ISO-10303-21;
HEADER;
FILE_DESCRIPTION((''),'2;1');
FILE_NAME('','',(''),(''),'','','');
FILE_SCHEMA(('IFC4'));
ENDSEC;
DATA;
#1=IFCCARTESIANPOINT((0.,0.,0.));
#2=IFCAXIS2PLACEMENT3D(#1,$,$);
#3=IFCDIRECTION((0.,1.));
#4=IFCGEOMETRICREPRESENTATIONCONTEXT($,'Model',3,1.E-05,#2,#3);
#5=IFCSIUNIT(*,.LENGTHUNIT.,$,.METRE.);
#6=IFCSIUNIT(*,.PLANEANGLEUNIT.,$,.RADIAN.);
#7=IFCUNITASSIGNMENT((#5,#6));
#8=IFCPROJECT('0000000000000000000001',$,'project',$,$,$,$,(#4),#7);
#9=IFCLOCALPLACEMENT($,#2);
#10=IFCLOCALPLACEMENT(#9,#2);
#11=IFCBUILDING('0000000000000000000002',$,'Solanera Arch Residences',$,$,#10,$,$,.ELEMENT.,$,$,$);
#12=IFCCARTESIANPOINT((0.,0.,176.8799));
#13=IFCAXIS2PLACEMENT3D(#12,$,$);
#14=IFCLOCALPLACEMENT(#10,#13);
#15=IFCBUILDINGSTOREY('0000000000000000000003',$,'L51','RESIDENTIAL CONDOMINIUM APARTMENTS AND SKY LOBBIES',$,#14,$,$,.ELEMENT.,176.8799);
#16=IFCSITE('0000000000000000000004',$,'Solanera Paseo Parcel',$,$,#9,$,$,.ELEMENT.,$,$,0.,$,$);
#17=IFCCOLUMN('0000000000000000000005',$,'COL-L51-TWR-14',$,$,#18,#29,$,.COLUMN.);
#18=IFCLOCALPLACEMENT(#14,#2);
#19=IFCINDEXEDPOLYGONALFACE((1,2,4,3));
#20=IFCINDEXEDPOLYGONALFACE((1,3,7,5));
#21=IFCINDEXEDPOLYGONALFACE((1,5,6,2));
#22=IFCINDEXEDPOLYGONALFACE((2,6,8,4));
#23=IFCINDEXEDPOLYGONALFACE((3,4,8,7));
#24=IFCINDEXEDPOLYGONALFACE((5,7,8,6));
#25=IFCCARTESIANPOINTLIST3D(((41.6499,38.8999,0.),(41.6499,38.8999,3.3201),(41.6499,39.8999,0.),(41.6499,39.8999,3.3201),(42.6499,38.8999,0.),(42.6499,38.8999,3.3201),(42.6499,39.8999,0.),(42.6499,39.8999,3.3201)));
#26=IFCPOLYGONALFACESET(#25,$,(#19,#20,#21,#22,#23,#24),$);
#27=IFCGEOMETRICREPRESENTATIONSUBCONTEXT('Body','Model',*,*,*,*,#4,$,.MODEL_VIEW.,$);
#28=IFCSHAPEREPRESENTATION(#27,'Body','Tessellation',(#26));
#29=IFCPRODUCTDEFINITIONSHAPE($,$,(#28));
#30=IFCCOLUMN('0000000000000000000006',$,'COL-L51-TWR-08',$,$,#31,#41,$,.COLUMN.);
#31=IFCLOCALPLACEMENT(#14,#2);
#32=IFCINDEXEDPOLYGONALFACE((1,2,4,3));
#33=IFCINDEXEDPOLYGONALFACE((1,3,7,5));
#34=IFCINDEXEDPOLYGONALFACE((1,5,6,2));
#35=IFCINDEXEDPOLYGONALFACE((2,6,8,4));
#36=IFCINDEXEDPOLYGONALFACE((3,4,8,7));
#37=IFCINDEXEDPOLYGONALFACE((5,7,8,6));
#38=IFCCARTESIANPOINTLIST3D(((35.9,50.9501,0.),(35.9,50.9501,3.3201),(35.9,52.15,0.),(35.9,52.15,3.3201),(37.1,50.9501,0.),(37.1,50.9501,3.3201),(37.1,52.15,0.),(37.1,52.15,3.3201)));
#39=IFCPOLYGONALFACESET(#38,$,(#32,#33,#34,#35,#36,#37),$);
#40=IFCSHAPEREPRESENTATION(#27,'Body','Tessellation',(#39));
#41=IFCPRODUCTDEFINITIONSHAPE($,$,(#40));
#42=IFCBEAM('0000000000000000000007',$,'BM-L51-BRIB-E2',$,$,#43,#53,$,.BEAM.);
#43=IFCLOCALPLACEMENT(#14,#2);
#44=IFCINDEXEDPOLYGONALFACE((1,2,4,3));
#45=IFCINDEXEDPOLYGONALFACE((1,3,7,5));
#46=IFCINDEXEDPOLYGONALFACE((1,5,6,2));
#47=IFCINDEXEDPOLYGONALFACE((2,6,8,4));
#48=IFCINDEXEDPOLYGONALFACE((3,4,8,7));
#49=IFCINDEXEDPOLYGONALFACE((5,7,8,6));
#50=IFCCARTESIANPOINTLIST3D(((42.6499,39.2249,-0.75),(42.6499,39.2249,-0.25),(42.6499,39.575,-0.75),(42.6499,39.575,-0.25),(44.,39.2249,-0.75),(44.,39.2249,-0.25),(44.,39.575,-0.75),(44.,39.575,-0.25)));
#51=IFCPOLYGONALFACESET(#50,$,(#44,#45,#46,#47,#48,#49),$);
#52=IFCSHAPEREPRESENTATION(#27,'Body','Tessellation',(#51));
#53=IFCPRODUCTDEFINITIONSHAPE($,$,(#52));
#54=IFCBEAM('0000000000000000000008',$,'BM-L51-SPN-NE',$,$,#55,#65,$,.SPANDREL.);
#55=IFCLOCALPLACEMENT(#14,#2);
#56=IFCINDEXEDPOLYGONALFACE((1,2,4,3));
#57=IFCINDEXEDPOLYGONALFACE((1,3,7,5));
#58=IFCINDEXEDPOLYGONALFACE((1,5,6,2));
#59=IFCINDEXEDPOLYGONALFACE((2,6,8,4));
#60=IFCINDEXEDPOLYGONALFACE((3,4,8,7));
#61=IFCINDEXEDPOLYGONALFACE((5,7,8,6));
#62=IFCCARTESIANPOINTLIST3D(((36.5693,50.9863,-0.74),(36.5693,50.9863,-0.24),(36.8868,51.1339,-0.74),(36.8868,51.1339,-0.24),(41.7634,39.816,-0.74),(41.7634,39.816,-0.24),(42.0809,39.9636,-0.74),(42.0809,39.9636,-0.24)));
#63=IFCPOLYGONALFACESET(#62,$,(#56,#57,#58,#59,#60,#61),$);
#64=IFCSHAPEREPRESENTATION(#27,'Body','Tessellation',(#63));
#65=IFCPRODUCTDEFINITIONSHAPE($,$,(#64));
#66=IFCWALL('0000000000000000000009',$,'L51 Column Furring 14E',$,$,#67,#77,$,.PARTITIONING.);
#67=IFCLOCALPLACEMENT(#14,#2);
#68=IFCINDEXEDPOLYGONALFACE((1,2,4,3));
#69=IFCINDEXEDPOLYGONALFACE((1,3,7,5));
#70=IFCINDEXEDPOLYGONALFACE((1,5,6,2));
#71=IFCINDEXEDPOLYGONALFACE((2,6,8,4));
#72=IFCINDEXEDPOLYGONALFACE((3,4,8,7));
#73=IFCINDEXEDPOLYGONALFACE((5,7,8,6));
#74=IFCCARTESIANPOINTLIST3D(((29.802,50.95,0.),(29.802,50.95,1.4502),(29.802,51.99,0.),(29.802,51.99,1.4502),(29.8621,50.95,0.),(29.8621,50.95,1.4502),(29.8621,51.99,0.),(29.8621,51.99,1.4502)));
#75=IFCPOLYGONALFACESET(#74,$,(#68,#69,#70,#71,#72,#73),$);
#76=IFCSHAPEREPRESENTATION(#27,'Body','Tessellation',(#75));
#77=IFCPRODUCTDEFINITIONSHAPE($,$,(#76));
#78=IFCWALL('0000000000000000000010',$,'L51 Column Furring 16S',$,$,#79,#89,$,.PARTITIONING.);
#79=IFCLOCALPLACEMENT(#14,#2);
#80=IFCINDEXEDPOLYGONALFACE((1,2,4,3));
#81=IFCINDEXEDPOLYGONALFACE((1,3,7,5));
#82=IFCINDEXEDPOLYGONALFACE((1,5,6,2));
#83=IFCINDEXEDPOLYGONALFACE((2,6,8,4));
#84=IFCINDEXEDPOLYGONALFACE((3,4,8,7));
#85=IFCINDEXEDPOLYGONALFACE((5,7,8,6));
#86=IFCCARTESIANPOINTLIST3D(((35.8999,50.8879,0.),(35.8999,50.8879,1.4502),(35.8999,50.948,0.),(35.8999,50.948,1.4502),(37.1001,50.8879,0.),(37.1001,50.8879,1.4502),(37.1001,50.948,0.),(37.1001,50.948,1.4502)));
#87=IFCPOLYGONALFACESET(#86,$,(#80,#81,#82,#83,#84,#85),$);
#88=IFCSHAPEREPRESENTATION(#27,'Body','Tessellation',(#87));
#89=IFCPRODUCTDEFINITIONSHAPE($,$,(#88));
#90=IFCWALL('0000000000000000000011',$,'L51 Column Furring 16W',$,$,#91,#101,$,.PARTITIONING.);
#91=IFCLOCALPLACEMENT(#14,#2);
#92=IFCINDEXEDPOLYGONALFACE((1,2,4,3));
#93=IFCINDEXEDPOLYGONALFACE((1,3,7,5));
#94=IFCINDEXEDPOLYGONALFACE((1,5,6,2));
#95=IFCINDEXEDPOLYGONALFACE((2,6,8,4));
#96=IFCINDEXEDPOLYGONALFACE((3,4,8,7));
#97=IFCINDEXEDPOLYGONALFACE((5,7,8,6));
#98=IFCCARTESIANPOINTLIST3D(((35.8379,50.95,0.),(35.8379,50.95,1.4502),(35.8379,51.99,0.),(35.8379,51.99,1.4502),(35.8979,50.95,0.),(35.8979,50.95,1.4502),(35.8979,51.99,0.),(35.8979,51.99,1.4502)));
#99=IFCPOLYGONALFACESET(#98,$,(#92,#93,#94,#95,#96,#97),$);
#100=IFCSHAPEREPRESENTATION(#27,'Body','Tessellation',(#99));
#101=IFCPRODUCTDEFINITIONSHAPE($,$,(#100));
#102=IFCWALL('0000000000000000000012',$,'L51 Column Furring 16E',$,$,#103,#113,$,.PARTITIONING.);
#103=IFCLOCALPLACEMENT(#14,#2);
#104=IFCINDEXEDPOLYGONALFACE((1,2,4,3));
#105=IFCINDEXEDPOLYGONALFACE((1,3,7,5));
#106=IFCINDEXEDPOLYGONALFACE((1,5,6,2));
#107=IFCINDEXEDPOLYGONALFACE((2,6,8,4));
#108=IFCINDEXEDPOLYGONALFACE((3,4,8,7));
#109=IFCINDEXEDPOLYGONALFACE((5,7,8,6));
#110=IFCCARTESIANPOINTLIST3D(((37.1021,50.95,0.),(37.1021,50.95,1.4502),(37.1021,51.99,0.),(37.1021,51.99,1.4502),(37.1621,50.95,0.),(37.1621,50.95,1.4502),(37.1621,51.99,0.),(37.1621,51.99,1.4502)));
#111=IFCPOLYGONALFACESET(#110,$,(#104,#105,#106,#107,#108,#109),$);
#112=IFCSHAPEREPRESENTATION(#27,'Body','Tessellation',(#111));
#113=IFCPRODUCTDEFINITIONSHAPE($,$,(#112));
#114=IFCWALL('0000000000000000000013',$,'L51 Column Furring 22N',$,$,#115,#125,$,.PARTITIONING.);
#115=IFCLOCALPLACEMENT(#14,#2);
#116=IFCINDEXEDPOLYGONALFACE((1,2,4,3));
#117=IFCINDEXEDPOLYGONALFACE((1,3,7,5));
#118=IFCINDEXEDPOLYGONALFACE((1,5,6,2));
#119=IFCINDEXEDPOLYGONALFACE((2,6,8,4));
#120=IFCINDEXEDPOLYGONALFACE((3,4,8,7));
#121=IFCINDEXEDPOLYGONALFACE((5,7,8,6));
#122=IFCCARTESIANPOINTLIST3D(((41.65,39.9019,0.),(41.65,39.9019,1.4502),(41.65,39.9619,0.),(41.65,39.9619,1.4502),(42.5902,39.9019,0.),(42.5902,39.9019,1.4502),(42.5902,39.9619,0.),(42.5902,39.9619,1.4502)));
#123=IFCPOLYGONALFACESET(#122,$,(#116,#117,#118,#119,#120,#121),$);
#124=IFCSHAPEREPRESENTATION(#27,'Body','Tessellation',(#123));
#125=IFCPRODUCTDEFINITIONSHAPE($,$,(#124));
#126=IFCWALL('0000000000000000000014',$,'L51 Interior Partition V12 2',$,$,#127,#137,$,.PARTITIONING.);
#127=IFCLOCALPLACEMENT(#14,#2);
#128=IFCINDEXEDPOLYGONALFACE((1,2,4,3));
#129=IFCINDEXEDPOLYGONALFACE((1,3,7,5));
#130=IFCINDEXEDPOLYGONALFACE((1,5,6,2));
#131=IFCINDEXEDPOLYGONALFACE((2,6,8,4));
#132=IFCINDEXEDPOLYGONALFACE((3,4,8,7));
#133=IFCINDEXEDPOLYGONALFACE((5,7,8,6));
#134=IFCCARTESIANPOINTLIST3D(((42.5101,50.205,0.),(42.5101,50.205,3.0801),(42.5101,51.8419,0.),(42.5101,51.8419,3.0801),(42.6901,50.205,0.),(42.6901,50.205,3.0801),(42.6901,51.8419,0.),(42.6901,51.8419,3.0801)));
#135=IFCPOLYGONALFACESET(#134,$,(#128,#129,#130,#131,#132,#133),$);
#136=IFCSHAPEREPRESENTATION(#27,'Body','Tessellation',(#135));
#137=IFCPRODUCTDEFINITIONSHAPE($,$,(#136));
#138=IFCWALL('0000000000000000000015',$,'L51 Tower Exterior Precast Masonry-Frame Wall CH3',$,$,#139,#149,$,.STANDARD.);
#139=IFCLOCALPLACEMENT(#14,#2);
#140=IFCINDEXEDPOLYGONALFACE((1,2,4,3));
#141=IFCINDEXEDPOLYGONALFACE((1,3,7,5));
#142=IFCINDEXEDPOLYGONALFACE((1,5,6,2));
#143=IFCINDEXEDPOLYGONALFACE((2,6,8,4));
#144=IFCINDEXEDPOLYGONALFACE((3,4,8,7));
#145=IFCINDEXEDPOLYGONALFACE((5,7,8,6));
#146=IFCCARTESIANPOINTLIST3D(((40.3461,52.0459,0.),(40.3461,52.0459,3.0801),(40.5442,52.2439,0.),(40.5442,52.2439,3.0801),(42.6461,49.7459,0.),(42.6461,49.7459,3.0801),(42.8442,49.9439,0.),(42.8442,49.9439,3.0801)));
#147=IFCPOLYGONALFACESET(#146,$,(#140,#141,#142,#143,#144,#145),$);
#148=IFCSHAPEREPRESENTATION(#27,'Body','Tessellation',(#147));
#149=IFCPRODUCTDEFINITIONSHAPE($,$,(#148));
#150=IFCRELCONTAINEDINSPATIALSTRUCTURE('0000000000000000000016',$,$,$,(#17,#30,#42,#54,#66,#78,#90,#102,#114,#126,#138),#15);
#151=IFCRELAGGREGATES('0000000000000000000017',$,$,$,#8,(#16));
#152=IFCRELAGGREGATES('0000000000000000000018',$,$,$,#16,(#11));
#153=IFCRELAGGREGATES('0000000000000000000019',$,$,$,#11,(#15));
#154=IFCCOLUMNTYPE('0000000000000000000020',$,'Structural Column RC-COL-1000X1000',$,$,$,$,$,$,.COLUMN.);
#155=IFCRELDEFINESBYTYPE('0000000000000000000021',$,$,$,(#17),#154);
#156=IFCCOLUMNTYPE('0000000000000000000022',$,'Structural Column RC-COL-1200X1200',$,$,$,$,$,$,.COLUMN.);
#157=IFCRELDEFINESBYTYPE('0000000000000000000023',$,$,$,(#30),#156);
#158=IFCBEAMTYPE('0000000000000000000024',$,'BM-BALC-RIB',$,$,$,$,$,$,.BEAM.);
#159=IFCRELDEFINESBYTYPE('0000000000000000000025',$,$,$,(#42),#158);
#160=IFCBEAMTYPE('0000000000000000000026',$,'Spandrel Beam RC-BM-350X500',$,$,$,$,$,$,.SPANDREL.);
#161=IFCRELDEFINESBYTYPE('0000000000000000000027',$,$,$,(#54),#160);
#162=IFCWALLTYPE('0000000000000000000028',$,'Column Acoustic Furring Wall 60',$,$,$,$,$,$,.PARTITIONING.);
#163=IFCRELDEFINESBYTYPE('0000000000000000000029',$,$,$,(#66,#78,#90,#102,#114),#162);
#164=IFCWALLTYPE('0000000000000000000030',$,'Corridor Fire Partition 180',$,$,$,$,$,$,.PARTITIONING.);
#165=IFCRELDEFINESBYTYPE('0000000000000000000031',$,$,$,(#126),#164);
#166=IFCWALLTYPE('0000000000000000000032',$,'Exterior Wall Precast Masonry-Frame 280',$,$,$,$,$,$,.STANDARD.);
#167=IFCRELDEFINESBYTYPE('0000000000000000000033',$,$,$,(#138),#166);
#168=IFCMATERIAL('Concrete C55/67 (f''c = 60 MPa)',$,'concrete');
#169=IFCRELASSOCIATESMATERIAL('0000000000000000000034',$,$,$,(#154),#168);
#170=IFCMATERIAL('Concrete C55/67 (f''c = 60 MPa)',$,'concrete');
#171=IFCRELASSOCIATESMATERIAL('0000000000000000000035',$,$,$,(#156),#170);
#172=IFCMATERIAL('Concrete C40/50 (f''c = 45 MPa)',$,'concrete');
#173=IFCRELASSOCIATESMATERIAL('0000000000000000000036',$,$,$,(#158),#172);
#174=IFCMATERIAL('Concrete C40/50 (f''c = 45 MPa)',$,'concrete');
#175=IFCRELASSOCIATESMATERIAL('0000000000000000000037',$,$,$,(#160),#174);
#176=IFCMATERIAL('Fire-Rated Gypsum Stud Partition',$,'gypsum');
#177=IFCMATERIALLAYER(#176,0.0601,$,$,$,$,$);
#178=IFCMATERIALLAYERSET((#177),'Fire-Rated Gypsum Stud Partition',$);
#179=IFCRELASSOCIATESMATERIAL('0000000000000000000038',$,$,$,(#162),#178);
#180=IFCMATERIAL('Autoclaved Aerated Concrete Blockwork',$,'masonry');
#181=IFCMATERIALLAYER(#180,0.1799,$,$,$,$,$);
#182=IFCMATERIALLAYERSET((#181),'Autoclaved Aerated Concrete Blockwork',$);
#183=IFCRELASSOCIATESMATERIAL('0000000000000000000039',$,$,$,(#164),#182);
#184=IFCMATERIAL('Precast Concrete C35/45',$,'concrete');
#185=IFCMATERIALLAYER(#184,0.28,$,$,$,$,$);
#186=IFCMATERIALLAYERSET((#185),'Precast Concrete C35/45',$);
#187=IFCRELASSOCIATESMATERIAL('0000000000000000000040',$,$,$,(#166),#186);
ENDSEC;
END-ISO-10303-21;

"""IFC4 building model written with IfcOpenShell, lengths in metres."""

from ifc_helpers import new_model, si_unit, direction, frame, frame_2d, origin, origin_2d, place, context, subcontext, project, spatial, rectangle, extrude, material, layer, layer_set, material_profile, profile_set, type_object, element, save


model = new_model("IFC4")

# Units and contexts
model_context = context("Model", 3, precision=1e-05, world=origin(), true_north=direction((0.0, 1.0)))
body_context = subcontext(model_context, "Body", "Model", "MODEL_VIEW")
ifc_project = project(units=[si_unit("LENGTHUNIT", "METRE"), si_unit("PLANEANGLEUNIT", "RADIAN")], contexts=[model_context])

# Site, building, storey
site_placement = place(None, origin())
site = spatial("IfcSite", under=ifc_project, at=site_placement, Name="Solanera Paseo Parcel", CompositionType="ELEMENT", RefElevation=0.0)
building_placement = place(site_placement, origin())
building = spatial("IfcBuilding", under=site, at=building_placement, Name="Solanera Arch Residences", CompositionType="ELEMENT")
storey_placement = place(building_placement, frame((0.0, 0.0, 176.8799)))
storey = spatial("IfcBuildingStorey", under=building, at=storey_placement, Name="L51", Description="RESIDENTIAL CONDOMINIUM APARTMENTS AND SKY LOBBIES", CompositionType="ELEMENT", Elevation=176.8799)

# Columns
ifc_material_1 = material(Name="Concrete C55/67 (f'c = 60 MPa)", Category="concrete")
ifc_material_profile_1 = material_profile(ifc_material_1, rectangle(XDim=1.0, YDim=1.0, at=origin_2d()))
ifc_profile_set_1 = profile_set([ifc_material_profile_1], Name="Concrete C55/67 (f'c = 60 MPa)")
column_type_1 = type_object("IfcColumnType", Name="Structural Column RC-COL-1000X1000", PredefinedType="COLUMN", material=ifc_profile_set_1)
column_1_placement = place(storey_placement, frame((42.1499, 39.3999, 0.0), z_axis=(0.0, 0.0, 1.0), x_axis=(1.0, 0.0, 0.0)))
element("IfcColumn", 1, at=column_1_placement, inside=storey, type_object=column_type_1, Name="COL-L51-TWR-14", PredefinedType="COLUMN", context=body_context, shape_type="SweptSolid", body=[
    extrude(rectangle(XDim=1.0, YDim=1.0, at=origin_2d()), origin(), (0.0, 0.0, 1.0), 3.3201),
])
ifc_material_2 = material(Name="Concrete C55/67 (f'c = 60 MPa)", Category="concrete")
ifc_material_profile_2 = material_profile(ifc_material_2, rectangle(XDim=1.2, YDim=1.2, at=origin_2d()))
ifc_profile_set_2 = profile_set([ifc_material_profile_2], Name="Concrete C55/67 (f'c = 60 MPa)")
column_type_2 = type_object("IfcColumnType", Name="Structural Column RC-COL-1200X1200", PredefinedType="COLUMN", material=ifc_profile_set_2)
column_2_placement = place(storey_placement, frame((36.5, 51.55, 0.0), z_axis=(0.0, 0.0, 1.0), x_axis=(1.0, 0.0, 0.0)))
element("IfcColumn", 2, at=column_2_placement, inside=storey, type_object=column_type_2, Name="COL-L51-TWR-08", PredefinedType="COLUMN", context=body_context, shape_type="SweptSolid", body=[
    extrude(rectangle(XDim=1.2, YDim=1.2, at=origin_2d()), origin(), (0.0, 0.0, 1.0), 3.3201),
])

# Beams
ifc_material_3 = material(Name="Concrete C40/50 (f'c = 45 MPa)", Category="concrete")
ifc_material_profile_3 = material_profile(ifc_material_3, rectangle(XDim=0.3501, YDim=0.5, at=origin_2d()))
ifc_profile_set_3 = profile_set([ifc_material_profile_3], Name="Concrete C40/50 (f'c = 45 MPa)")
beam_type_1 = type_object("IfcBeamType", Name="BM-BALC-RIB", PredefinedType="BEAM", material=ifc_profile_set_3)
beam_1_placement = place(storey_placement, frame((42.6499, 39.3999, -0.5), z_axis=(1.0, 0.0, 0.0), x_axis=(0.0, 1.0, 0.0)))
element("IfcBeam", 3, at=beam_1_placement, inside=storey, type_object=beam_type_1, Name="BM-L51-BRIB-E2", PredefinedType="BEAM", context=body_context, shape_type="SweptSolid", body=[
    extrude(rectangle(XDim=0.3501, YDim=0.5, at=origin_2d()), origin(), (0.0, 0.0, 1.0), 1.3501),
])
ifc_material_4 = material(Name="Concrete C40/50 (f'c = 45 MPa)", Category="concrete")
ifc_material_profile_4 = material_profile(ifc_material_4, rectangle(XDim=0.3501, YDim=0.5, at=origin_2d()))
ifc_profile_set_4 = profile_set([ifc_material_profile_4], Name="Concrete C40/50 (f'c = 45 MPa)")
beam_type_2 = type_object("IfcBeamType", Name="Spandrel Beam RC-BM-350X500", PredefinedType="SPANDREL", material=ifc_profile_set_4)
beam_2_placement = place(storey_placement, frame((36.728, 51.0601, -0.49), z_axis=(0.421642, -0.906763, 0.0), x_axis=(0.906763, 0.421642, 0.0)))
element("IfcBeam", 4, at=beam_2_placement, inside=storey, type_object=beam_type_2, Name="BM-L51-SPN-NE", PredefinedType="SPANDREL", context=body_context, shape_type="SweptSolid", body=[
    extrude(rectangle(XDim=0.3501, YDim=0.5, at=origin_2d()), origin(), (0.0, 0.0, 1.0), 12.3188),
])

# Walls
ifc_material_5 = material(Name="Fire-Rated Gypsum Stud Partition", Category="gypsum")
ifc_layer_1 = layer(ifc_material_5, 0.0601)
ifc_layer_set_1 = layer_set([ifc_layer_1], Name="Fire-Rated Gypsum Stud Partition")
wall_type_1 = type_object("IfcWallType", Name="Column Acoustic Furring Wall 60", PredefinedType="PARTITIONING", material=ifc_layer_set_1)
wall_1_placement = place(storey_placement, frame((29.832, 50.95, 0.0), z_axis=(0.0, 0.0, 1.0), x_axis=(0.0, 1.0, 0.0)))
element("IfcWall", 5, at=wall_1_placement, inside=storey, type_object=wall_type_1, Name="L51 Column Furring 14E", PredefinedType="PARTITIONING", context=body_context, shape_type="SweptSolid", body=[
    extrude(rectangle(XDim=1.04, YDim=0.0601, at=frame_2d((0.52, 0.0))), origin(), (0.0, 0.0, 1.0), 1.4502),
])
wall_2_placement = place(storey_placement, frame((35.8999, 50.918, 0.0), z_axis=(0.0, 0.0, 1.0), x_axis=(1.0, 0.0, 0.0)))
element("IfcWall", 6, at=wall_2_placement, inside=storey, type_object=wall_type_1, Name="L51 Column Furring 16S", PredefinedType="PARTITIONING", context=body_context, shape_type="SweptSolid", body=[
    extrude(rectangle(XDim=1.2002, YDim=0.0601, at=frame_2d((0.6001, 0.0))), origin(), (0.0, 0.0, 1.0), 1.4502),
])
for number, where, z_axis, x_axis, name in (
    (7, (35.8679, 50.95, 0.0), (0.0, 0.0, 1.0), (0.0, 1.0, 0.0), "L51 Column Furring 16W"),
    (8, (37.1321, 50.95, 0.0), (0.0, 0.0, 1.0), (0.0, 1.0, 0.0), "L51 Column Furring 16E"),
):
    element("IfcWall", number, at=place(storey_placement, frame(where, z_axis=z_axis, x_axis=x_axis)), inside=storey, type_object=wall_type_1, Name=name, PredefinedType="PARTITIONING", context=body_context, shape_type="SweptSolid", body=[
        extrude(rectangle(XDim=1.04, YDim=0.0601, at=frame_2d((0.52, 0.0))), origin(), (0.0, 0.0, 1.0), 1.4502),
    ])
wall_3_placement = place(storey_placement, frame((41.6499, 39.9319, 0.0), z_axis=(0.0, 0.0, 1.0), x_axis=(1.0, 0.0, 0.0)))
element("IfcWall", 9, at=wall_3_placement, inside=storey, type_object=wall_type_1, Name="L51 Column Furring 22N", PredefinedType="PARTITIONING", context=body_context, shape_type="SweptSolid", body=[
    extrude(rectangle(XDim=0.9402, YDim=0.0601, at=frame_2d((0.4702, 0.0))), origin(), (0.0, 0.0, 1.0), 1.4502),
])
ifc_material_6 = material(Name="Autoclaved Aerated Concrete Blockwork", Category="masonry")
ifc_layer_2 = layer(ifc_material_6, 0.1799)
ifc_layer_set_2 = layer_set([ifc_layer_2], Name="Autoclaved Aerated Concrete Blockwork")
wall_type_2 = type_object("IfcWallType", Name="Corridor Fire Partition 180", PredefinedType="PARTITIONING", material=ifc_layer_set_2)
wall_4_placement = place(storey_placement, frame((42.6001, 50.2051, 0.0), z_axis=(0.0, 0.0, 1.0), x_axis=(0.0, 1.0, 0.0)))
element("IfcWall", 10, at=wall_4_placement, inside=storey, type_object=wall_type_2, Name="L51 Interior Partition V12 2", PredefinedType="PARTITIONING", context=body_context, shape_type="SweptSolid", body=[
    extrude(rectangle(XDim=1.637, YDim=0.1799, at=frame_2d((0.8184, 0.0))), origin(), (0.0, 0.0, 1.0), 3.0801),
])
ifc_material_7 = material(Name="Precast Concrete C35/45", Category="concrete")
ifc_layer_3 = layer(ifc_material_7, 0.28)
ifc_layer_set_3 = layer_set([ifc_layer_3], Name="Precast Concrete C35/45")
wall_type_3 = type_object("IfcWallType", Name="Exterior Wall Precast Masonry-Frame 280", PredefinedType="STANDARD", material=ifc_layer_set_3)
wall_5_placement = place(storey_placement, frame((40.4451, 52.145, 0.0), z_axis=(0.0, 0.0, 1.0), x_axis=(0.707107, -0.707107, 0.0)))
element("IfcWall", 11, at=wall_5_placement, inside=storey, type_object=wall_type_3, Name="L51 Tower Exterior Precast Masonry-Frame Wall CH3", PredefinedType="STANDARD", context=body_context, shape_type="SweptSolid", body=[
    extrude(rectangle(XDim=3.2527, YDim=0.28, at=frame_2d((1.6265, 0.0))), origin(), (0.0, 0.0, 1.0), 3.0801),
])

save(model, "model.ifc")
